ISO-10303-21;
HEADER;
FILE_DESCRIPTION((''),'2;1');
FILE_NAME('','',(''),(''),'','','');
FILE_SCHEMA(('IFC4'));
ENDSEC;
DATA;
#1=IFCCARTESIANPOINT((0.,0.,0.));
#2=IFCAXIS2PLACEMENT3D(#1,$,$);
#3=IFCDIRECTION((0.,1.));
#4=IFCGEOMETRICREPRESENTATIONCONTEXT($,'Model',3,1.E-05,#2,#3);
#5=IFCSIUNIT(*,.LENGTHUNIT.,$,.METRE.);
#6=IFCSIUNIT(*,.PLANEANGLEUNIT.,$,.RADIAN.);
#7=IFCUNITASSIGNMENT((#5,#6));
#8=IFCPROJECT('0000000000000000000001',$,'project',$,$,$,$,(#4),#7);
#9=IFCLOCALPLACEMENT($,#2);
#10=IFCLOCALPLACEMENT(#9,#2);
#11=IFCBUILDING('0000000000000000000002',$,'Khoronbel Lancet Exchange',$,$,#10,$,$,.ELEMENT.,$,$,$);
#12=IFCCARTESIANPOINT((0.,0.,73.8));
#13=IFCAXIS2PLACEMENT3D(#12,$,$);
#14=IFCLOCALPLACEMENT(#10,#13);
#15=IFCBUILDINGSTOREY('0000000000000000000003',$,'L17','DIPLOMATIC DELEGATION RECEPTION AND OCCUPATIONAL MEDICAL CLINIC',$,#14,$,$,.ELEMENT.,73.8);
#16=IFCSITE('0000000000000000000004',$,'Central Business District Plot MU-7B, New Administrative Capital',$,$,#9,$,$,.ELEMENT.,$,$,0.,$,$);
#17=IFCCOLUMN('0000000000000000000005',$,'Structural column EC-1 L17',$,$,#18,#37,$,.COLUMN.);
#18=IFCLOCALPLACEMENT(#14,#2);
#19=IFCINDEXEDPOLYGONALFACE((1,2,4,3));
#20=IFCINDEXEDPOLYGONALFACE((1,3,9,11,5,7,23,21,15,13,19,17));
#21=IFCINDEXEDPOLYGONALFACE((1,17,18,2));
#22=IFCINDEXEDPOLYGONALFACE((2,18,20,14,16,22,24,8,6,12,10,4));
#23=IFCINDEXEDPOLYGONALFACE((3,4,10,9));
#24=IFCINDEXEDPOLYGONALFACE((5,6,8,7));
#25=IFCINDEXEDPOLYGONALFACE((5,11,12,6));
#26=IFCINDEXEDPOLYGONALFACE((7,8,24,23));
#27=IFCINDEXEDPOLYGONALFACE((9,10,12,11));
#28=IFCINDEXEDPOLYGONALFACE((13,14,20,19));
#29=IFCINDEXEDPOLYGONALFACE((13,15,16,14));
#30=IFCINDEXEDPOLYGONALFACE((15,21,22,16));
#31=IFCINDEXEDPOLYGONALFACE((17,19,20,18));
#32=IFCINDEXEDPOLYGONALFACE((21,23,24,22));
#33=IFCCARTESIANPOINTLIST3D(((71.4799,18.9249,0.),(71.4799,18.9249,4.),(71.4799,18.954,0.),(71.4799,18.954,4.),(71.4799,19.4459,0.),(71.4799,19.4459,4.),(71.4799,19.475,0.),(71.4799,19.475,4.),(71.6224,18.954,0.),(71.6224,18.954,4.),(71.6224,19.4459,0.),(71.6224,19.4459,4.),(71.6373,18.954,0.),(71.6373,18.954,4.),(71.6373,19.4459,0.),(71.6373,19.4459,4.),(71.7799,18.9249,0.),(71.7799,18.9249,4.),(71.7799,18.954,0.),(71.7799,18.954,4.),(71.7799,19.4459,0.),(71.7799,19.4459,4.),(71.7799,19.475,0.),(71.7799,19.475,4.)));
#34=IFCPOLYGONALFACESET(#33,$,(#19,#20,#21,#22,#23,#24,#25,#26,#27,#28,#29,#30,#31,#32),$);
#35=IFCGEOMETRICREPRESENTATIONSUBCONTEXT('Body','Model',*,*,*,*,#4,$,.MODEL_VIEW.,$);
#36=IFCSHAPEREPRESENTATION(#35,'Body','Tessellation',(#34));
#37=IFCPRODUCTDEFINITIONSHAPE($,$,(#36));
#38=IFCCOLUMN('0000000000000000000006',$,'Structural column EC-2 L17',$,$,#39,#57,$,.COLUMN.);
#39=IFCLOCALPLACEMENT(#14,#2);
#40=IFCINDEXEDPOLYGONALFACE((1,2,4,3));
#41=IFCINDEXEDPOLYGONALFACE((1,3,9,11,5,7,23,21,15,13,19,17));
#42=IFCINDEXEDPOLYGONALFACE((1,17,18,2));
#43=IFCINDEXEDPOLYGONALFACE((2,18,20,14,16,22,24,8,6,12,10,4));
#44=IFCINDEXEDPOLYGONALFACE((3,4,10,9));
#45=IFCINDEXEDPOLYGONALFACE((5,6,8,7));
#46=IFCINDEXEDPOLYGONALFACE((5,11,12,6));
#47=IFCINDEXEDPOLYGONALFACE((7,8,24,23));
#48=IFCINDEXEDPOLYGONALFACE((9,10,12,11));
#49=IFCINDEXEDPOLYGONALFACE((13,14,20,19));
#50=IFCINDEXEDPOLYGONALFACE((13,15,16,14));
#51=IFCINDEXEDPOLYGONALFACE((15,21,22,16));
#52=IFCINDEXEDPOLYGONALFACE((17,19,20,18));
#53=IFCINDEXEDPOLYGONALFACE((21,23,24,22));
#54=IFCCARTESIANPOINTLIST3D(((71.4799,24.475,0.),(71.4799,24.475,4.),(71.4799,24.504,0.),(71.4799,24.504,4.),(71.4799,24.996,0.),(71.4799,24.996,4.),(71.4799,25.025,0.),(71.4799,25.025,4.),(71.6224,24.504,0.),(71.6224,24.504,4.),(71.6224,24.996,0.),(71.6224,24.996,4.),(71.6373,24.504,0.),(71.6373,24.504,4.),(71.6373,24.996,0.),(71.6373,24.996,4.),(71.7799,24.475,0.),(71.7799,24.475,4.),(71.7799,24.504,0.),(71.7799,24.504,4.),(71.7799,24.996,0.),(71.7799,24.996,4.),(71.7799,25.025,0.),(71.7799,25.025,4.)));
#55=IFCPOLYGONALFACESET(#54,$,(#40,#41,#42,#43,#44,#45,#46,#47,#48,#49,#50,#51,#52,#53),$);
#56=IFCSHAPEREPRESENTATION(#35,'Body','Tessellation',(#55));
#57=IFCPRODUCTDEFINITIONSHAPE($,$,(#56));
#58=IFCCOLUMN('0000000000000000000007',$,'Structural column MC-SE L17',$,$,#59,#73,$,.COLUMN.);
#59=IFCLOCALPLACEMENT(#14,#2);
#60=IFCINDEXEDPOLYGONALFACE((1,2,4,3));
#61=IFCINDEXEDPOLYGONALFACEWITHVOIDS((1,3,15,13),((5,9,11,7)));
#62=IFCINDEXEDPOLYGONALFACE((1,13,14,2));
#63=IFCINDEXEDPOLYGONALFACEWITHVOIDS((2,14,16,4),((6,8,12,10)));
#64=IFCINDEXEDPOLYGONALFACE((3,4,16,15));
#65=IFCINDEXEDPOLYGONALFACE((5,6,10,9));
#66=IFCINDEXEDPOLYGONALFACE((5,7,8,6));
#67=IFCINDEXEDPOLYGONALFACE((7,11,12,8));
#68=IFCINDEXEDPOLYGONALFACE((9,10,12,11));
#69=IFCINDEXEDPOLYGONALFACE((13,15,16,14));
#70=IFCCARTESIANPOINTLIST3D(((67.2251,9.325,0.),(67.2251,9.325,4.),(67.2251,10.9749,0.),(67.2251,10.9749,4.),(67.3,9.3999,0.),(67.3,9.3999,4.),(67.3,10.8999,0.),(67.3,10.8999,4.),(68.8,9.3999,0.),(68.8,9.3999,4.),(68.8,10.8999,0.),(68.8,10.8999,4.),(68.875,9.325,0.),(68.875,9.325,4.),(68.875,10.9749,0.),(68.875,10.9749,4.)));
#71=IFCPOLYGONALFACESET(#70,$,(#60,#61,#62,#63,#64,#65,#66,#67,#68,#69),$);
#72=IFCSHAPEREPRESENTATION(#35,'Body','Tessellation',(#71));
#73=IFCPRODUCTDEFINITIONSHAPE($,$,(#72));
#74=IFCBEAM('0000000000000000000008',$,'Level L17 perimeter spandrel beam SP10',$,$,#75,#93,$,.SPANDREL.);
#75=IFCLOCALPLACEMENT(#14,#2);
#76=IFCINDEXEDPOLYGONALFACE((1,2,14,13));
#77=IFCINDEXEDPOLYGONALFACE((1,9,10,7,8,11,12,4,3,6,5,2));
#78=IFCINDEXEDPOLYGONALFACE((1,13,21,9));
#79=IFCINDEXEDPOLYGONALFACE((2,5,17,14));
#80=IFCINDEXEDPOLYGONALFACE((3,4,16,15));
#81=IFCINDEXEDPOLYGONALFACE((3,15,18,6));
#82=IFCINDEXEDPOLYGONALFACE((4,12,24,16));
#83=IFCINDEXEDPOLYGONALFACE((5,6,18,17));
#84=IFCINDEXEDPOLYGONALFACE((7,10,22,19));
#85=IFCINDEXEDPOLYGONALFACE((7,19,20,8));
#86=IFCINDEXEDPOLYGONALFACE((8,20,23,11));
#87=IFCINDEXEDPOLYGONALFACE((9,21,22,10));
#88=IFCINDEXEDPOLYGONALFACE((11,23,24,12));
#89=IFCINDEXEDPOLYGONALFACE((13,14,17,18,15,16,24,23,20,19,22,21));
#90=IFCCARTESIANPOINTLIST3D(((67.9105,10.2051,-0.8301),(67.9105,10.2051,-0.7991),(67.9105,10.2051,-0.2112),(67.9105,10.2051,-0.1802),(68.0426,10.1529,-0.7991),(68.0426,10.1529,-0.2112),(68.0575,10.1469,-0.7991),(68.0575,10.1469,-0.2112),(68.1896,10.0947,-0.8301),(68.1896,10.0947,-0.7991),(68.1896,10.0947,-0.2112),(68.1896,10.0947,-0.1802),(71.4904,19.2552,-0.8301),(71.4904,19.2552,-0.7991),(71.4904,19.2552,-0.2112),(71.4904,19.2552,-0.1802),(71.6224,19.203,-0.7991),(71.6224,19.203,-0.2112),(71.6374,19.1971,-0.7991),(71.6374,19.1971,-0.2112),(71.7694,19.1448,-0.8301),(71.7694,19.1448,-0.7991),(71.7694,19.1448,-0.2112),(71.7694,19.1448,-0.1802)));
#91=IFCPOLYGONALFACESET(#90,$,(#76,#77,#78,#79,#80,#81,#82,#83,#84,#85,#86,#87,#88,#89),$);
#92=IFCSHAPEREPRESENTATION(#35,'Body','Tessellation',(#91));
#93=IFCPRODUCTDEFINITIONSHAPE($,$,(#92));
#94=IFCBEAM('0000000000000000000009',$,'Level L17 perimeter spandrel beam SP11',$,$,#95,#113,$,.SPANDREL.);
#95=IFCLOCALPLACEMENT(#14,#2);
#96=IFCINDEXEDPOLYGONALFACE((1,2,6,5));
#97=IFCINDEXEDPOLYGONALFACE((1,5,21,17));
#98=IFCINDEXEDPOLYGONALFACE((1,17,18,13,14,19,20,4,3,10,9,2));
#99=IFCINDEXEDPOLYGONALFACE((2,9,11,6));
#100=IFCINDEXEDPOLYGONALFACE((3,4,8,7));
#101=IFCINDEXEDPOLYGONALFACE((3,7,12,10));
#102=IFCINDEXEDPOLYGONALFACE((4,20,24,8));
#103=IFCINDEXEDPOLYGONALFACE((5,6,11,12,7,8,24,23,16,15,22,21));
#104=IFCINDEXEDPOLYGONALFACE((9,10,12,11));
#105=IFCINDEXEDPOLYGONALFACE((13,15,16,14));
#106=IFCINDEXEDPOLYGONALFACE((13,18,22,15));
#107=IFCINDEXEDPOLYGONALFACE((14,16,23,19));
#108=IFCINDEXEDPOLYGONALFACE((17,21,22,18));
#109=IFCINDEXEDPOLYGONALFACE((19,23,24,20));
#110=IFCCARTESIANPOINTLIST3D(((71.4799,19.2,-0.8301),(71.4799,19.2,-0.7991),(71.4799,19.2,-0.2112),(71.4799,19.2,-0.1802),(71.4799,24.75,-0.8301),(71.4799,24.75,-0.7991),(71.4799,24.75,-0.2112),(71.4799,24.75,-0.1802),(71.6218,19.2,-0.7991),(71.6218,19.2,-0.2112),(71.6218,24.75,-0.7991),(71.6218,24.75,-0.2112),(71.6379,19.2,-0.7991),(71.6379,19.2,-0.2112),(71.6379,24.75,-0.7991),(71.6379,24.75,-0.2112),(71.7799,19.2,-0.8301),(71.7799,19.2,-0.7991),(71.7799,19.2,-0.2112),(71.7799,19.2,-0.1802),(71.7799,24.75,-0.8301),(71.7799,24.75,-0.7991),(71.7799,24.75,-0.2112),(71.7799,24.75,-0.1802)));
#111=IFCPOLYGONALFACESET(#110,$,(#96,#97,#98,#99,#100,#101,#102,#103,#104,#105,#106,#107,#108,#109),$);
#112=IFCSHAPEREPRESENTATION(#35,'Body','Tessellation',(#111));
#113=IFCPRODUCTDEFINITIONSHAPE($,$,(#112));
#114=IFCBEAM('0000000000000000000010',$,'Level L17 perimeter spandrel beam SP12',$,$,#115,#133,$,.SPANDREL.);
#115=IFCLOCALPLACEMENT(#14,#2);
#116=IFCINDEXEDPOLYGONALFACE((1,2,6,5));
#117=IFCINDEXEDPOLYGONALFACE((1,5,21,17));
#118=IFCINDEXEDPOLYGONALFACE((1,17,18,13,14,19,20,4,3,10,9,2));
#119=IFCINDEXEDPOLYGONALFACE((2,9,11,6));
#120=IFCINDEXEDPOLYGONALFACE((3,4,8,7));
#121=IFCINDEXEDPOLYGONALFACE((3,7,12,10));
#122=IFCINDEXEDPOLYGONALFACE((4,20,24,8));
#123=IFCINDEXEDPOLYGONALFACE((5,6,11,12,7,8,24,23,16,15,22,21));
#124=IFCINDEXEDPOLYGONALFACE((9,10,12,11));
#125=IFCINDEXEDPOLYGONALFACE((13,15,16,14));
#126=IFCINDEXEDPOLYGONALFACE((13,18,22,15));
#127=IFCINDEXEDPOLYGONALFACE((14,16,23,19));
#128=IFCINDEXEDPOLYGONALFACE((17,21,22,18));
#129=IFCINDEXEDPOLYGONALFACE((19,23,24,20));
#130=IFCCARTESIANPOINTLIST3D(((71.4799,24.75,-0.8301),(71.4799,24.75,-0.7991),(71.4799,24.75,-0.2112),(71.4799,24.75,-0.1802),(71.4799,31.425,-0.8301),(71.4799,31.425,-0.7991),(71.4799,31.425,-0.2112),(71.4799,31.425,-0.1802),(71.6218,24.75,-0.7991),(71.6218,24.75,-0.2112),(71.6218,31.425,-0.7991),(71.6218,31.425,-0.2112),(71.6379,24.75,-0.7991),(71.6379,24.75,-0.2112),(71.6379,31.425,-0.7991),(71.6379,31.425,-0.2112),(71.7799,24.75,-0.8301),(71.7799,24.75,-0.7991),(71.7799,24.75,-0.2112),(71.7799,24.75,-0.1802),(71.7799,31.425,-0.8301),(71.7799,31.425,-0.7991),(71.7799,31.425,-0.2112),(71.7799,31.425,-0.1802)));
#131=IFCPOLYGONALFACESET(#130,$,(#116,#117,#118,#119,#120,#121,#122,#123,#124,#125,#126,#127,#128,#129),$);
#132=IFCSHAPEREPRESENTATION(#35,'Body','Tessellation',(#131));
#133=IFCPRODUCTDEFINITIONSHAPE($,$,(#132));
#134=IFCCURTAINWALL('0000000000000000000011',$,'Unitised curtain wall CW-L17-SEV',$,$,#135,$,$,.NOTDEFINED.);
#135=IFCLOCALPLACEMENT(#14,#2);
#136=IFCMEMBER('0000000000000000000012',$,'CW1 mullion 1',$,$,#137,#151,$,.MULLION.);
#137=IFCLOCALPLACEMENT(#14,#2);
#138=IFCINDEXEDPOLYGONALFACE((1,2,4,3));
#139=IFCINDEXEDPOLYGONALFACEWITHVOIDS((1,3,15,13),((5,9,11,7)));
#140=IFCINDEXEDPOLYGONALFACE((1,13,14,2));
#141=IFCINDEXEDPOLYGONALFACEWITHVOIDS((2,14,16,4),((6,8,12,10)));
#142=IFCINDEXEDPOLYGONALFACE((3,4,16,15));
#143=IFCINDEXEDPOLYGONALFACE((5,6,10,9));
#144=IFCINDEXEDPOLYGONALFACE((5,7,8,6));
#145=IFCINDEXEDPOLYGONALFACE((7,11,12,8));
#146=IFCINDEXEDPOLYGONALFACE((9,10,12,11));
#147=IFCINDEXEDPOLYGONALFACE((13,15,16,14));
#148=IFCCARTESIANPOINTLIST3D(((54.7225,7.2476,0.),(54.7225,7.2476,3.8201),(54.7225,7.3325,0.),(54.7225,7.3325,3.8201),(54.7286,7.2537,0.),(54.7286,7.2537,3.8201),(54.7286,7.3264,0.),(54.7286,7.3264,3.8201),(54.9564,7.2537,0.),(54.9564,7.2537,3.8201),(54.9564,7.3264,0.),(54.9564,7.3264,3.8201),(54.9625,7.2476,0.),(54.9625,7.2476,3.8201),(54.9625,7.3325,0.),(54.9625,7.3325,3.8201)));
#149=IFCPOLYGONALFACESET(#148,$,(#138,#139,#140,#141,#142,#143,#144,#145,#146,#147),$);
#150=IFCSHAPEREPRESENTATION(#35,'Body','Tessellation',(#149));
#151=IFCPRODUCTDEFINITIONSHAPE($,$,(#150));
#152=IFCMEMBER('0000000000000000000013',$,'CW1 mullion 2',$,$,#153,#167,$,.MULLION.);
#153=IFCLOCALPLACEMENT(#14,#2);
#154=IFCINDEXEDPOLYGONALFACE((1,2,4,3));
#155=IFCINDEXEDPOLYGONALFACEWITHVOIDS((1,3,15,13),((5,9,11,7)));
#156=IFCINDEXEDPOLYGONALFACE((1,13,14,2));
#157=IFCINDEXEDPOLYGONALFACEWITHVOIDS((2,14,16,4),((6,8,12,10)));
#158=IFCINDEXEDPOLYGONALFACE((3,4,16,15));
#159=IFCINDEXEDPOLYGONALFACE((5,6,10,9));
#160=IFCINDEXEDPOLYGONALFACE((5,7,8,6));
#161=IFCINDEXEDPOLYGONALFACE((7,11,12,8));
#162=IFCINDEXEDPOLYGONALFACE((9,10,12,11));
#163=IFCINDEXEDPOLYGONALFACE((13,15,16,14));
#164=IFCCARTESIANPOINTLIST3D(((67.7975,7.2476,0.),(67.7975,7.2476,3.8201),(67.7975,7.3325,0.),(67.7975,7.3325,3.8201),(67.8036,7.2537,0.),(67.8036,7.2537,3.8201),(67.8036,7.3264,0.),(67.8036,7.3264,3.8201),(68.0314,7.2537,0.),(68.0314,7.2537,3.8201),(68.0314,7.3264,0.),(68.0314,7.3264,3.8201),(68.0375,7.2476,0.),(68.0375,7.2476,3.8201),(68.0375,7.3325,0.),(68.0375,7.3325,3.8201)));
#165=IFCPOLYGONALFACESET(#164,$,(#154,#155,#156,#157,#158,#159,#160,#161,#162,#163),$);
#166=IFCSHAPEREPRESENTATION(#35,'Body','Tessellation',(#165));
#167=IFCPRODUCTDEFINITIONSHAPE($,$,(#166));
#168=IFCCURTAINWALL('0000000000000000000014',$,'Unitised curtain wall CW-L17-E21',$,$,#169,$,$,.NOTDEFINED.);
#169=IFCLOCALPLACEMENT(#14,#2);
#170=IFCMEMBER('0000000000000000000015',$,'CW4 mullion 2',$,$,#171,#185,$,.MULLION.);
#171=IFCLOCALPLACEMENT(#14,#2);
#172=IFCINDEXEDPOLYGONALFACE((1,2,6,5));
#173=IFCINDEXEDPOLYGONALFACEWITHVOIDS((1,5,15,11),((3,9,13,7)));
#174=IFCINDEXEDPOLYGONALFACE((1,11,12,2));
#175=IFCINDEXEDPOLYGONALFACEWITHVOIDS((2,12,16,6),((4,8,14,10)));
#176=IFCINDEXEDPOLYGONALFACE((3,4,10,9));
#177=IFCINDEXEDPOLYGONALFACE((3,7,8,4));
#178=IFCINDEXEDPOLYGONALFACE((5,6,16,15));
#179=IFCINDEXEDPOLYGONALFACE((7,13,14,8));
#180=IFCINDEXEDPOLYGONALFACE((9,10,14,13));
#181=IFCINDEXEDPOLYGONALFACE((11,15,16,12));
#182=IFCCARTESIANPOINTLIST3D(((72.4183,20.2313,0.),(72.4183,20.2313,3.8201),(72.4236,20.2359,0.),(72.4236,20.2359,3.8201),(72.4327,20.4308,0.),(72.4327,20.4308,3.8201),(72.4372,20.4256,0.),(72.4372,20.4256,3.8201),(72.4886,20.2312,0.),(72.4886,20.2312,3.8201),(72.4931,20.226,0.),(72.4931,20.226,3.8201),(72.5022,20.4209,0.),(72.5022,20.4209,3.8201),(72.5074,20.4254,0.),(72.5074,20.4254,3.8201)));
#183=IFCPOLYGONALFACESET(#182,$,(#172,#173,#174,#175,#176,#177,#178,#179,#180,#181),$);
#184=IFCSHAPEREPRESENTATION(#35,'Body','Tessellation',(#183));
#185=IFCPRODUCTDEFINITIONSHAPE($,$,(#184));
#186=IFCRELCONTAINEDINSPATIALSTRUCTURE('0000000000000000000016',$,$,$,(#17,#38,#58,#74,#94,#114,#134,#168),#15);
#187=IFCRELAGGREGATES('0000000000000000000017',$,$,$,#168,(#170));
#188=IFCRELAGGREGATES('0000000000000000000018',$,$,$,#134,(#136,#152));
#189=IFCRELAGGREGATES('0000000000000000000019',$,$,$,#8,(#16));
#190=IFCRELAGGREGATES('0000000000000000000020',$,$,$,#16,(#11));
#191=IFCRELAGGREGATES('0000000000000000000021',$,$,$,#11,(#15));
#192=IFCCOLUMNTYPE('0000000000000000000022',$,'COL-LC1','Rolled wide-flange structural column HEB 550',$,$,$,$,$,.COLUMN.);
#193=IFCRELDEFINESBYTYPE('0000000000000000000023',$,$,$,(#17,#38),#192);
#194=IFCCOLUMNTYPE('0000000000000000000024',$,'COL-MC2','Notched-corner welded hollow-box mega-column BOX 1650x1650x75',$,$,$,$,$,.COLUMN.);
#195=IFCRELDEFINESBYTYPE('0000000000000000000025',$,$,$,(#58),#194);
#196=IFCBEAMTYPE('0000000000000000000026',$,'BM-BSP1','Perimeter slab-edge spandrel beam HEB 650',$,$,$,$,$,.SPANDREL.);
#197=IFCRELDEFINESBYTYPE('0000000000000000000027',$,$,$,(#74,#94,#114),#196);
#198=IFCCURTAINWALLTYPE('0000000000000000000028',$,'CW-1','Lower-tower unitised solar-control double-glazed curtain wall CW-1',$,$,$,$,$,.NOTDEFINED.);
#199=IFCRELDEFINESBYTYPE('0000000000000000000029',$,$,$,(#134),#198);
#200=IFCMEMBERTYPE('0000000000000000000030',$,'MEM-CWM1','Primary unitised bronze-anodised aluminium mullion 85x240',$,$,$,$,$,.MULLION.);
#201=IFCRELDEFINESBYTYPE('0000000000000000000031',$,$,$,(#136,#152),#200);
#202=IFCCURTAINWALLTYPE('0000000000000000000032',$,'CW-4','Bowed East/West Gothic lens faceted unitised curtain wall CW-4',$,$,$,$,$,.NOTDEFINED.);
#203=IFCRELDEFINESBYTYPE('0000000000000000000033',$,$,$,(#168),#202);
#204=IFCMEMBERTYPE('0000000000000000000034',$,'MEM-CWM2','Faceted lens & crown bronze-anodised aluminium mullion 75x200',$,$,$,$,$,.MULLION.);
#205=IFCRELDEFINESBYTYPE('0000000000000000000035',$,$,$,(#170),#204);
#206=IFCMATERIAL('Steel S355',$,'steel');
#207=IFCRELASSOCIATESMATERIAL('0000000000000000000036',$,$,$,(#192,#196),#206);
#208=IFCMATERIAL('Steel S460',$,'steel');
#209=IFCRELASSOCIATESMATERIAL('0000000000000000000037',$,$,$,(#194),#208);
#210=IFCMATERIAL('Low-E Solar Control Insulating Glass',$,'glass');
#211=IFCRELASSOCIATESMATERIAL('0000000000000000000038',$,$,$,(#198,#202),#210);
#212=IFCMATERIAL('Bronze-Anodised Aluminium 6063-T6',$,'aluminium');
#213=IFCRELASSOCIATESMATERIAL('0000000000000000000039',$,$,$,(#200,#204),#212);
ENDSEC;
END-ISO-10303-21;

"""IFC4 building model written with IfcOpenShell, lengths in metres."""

from ifc_helpers import new_model, si_unit, direction, frame, origin, origin_2d, place, context, subcontext, project, spatial, hollow_rectangle, i_section, extrude, material, material_profile, profile_set, type_object, element, aggregate, save


model = new_model("IFC4")

# Units and contexts
model_context = context("Model", 3, precision=1e-05, world=origin(), true_north=direction((0.0, 1.0)))
body_context = subcontext(model_context, "Body", "Model", "MODEL_VIEW")
ifc_project = project(units=[si_unit("LENGTHUNIT", "METRE"), si_unit("PLANEANGLEUNIT", "RADIAN")], contexts=[model_context])

# Site, building, storey
site_placement = place(None, origin())
site = spatial("IfcSite", under=ifc_project, at=site_placement, Name="Central Business District Plot MU-7B, New Administrative Capital", CompositionType="ELEMENT", RefElevation=0.0)
building_placement = place(site_placement, origin())
building = spatial("IfcBuilding", under=site, at=building_placement, Name="Khoronbel Lancet Exchange", CompositionType="ELEMENT")
storey_placement = place(building_placement, frame((0.0, 0.0, 73.8)))
storey = spatial("IfcBuildingStorey", under=building, at=storey_placement, Name="L17", Description="DIPLOMATIC DELEGATION RECEPTION AND OCCUPATIONAL MEDICAL CLINIC", CompositionType="ELEMENT", Elevation=73.8)

# Columns
ifc_material_1 = material(Name="Steel S355", Category="steel")
ifc_material_profile_1 = material_profile(ifc_material_1, i_section(OverallWidth=0.3, OverallDepth=0.55, WebThickness=0.0149, FlangeThickness=0.0291, at=origin_2d()), Name="HEB 550")
ifc_profile_set_1 = profile_set([ifc_material_profile_1], Name="Steel S355")
column_type_1 = type_object("IfcColumnType", Name="COL-LC1", Description="Rolled wide-flange structural column HEB 550", PredefinedType="COLUMN", material=ifc_profile_set_1)
for number, where, z_axis, x_axis, name in (
    (1, (71.6299, 19.2, 0.0), (0.0, 0.0, 1.0), (1.0, 0.0, 0.0), "Structural column EC-1 L17"),
    (2, (71.6299, 24.75, 0.0), (0.0, 0.0, 1.0), (1.0, 0.0, 0.0), "Structural column EC-2 L17"),
):
    element("IfcColumn", number, at=place(storey_placement, frame(where, z_axis=z_axis, x_axis=x_axis)), inside=storey, type_object=column_type_1, Name=name, PredefinedType="COLUMN", context=body_context, shape_type="SweptSolid", body=[
        extrude(i_section(OverallWidth=0.3, OverallDepth=0.55, WebThickness=0.0149, FlangeThickness=0.0291, at=origin_2d()), origin(), (0.0, 0.0, 1.0), 4.0),
    ])
ifc_material_2 = material(Name="Steel S460", Category="steel")
ifc_material_profile_2 = material_profile(ifc_material_2, hollow_rectangle(XDim=1.6499, YDim=1.6499, WallThickness=0.075, at=origin_2d()), Name="BOX 1650x1650x75")
ifc_profile_set_2 = profile_set([ifc_material_profile_2], Name="Steel S460")
column_type_2 = type_object("IfcColumnType", Name="COL-MC2", Description="Notched-corner welded hollow-box mega-column BOX 1650x1650x75", PredefinedType="COLUMN", material=ifc_profile_set_2)
column_placement = place(storey_placement, frame((68.05, 10.1499, 0.0), z_axis=(0.0, 0.0, 1.0), x_axis=(1.0, 0.0, 0.0)))
element("IfcColumn", 3, at=column_placement, inside=storey, type_object=column_type_2, Name="Structural column MC-SE L17", PredefinedType="COLUMN", context=body_context, shape_type="SweptSolid", body=[
    extrude(hollow_rectangle(XDim=1.6499, YDim=1.6499, WallThickness=0.075, at=origin_2d()), origin(), (0.0, 0.0, 1.0), 4.0),
])

# Beams
ifc_material_profile_3 = material_profile(ifc_material_1, i_section(OverallWidth=0.3, OverallDepth=0.6499, WebThickness=0.0161, FlangeThickness=0.031, at=origin_2d()), Name="HEB 650")
ifc_profile_set_3 = profile_set([ifc_material_profile_3], Name="Steel S355")
beam_type = type_object("IfcBeamType", Name="BM-BSP1", Description="Perimeter slab-edge spandrel beam HEB 650", PredefinedType="SPANDREL", material=ifc_profile_set_3)
beam_1_placement = place(storey_placement, frame((68.05, 10.1499, -0.5051), z_axis=(0.367828, 0.929894, 0.0), x_axis=(-0.929894, 0.367828, 0.0)))
element("IfcBeam", 4, at=beam_1_placement, inside=storey, type_object=beam_type, Name="Level L17 perimeter spandrel beam SP10", PredefinedType="SPANDREL", context=body_context, shape_type="SweptSolid", body=[
    extrude(i_section(OverallWidth=0.3, OverallDepth=0.6499, WebThickness=0.0161, FlangeThickness=0.031, at=origin_2d()), origin(), (0.0, 0.0, 1.0), 9.7324),
])
beam_2_placement = place(storey_placement, frame((71.6299, 19.2, -0.5051), z_axis=(0.0, 1.0, 0.0), x_axis=(-1.0, 0.0, 0.0)))
element("IfcBeam", 5, at=beam_2_placement, inside=storey, type_object=beam_type, Name="Level L17 perimeter spandrel beam SP11", PredefinedType="SPANDREL", context=body_context, shape_type="SweptSolid", body=[
    extrude(i_section(OverallWidth=0.3, OverallDepth=0.6499, WebThickness=0.0161, FlangeThickness=0.031, at=origin_2d()), origin(), (0.0, 0.0, 1.0), 5.55),
])
beam_3_placement = place(storey_placement, frame((71.6299, 24.75, -0.5051), z_axis=(0.0, 1.0, 0.0), x_axis=(-1.0, 0.0, 0.0)))
element("IfcBeam", 6, at=beam_3_placement, inside=storey, type_object=beam_type, Name="Level L17 perimeter spandrel beam SP12", PredefinedType="SPANDREL", context=body_context, shape_type="SweptSolid", body=[
    extrude(i_section(OverallWidth=0.3, OverallDepth=0.6499, WebThickness=0.0161, FlangeThickness=0.031, at=origin_2d()), origin(), (0.0, 0.0, 1.0), 6.675),
])

# Curtain wall, members
ifc_material_3 = material(Name="Low-E Solar Control Insulating Glass", Category="glass")
curtain_wall_type_1 = type_object("IfcCurtainWallType", Name="CW-1", Description="Lower-tower unitised solar-control double-glazed curtain wall CW-1", PredefinedType="NOTDEFINED", material=ifc_material_3)
curtain_wall_1_placement = place(storey_placement, origin())
curtain_wall_1 = element("IfcCurtainWall", 7, at=curtain_wall_1_placement, inside=storey, type_object=curtain_wall_type_1, Name="Unitised curtain wall CW-L17-SEV", PredefinedType="NOTDEFINED")
ifc_material_4 = material(Name="Bronze-Anodised Aluminium 6063-T6", Category="aluminium")
ifc_material_profile_4 = material_profile(ifc_material_4, hollow_rectangle(XDim=0.085, YDim=0.24, WallThickness=0.0061, at=origin_2d()), Name="ALU MULLION 85x240")
ifc_profile_set_4 = profile_set([ifc_material_profile_4], Name="Bronze-Anodised Aluminium 6063-T6")
member_type_1 = type_object("IfcMemberType", Name="MEM-CWM1", Description="Primary unitised bronze-anodised aluminium mullion 85x240", PredefinedType="MULLION", material=ifc_profile_set_4)
member_1_placement = place(storey_placement, frame((54.8425, 7.29, 0.0), z_axis=(0.0, 0.0, 1.0), x_axis=(0.0, 1.0, 0.0)))
member_1 = element("IfcMember", 8, at=member_1_placement, type_object=member_type_1, Name="CW1 mullion 1", PredefinedType="MULLION", context=body_context, shape_type="SweptSolid", body=[
    extrude(hollow_rectangle(XDim=0.085, YDim=0.24, WallThickness=0.0061, at=origin_2d()), origin(), (0.0, 0.0, 1.0), 3.8201),
])
member_2_placement = place(storey_placement, frame((67.9175, 7.29, 0.0), z_axis=(0.0, 0.0, 1.0), x_axis=(0.0, 1.0, 0.0)))
member_2 = element("IfcMember", 9, at=member_2_placement, type_object=member_type_1, Name="CW1 mullion 2", PredefinedType="MULLION", context=body_context, shape_type="SweptSolid", body=[
    extrude(hollow_rectangle(XDim=0.085, YDim=0.24, WallThickness=0.0061, at=origin_2d()), origin(), (0.0, 0.0, 1.0), 3.8201),
])

# Curtain wall, member
curtain_wall_type_2 = type_object("IfcCurtainWallType", Name="CW-4", Description="Bowed East/West Gothic lens faceted unitised curtain wall CW-4", PredefinedType="NOTDEFINED", material=ifc_material_3)
curtain_wall_2_placement = place(storey_placement, origin())
curtain_wall_2 = element("IfcCurtainWall", 10, at=curtain_wall_2_placement, inside=storey, type_object=curtain_wall_type_2, Name="Unitised curtain wall CW-L17-E21", PredefinedType="NOTDEFINED")
ifc_material_profile_5 = material_profile(ifc_material_4, hollow_rectangle(XDim=0.075, YDim=0.2, WallThickness=0.0049, at=origin_2d()), Name="ALU MULLION 75x200")
ifc_profile_set_5 = profile_set([ifc_material_profile_5], Name="Bronze-Anodised Aluminium 6063-T6")
member_type_2 = type_object("IfcMemberType", Name="MEM-CWM2", Description="Faceted lens & crown bronze-anodised aluminium mullion 75x200", PredefinedType="MULLION", material=ifc_profile_set_5)
member_3_placement = place(storey_placement, frame((72.4629, 20.3284, 0.0), z_axis=(0.0, 0.0, 1.0), x_axis=(0.997418, -0.071819, 0.0)))
member_3 = element("IfcMember", 11, at=member_3_placement, type_object=member_type_2, Name="CW4 mullion 2", PredefinedType="MULLION", context=body_context, shape_type="SweptSolid", body=[
    extrude(hollow_rectangle(XDim=0.075, YDim=0.2, WallThickness=0.0049, at=origin_2d()), origin(), (0.0, 0.0, 1.0), 3.8201),
])

aggregate(curtain_wall_2, [member_3])
aggregate(curtain_wall_1, [member_1, member_2])

save(model, "model.ifc")
